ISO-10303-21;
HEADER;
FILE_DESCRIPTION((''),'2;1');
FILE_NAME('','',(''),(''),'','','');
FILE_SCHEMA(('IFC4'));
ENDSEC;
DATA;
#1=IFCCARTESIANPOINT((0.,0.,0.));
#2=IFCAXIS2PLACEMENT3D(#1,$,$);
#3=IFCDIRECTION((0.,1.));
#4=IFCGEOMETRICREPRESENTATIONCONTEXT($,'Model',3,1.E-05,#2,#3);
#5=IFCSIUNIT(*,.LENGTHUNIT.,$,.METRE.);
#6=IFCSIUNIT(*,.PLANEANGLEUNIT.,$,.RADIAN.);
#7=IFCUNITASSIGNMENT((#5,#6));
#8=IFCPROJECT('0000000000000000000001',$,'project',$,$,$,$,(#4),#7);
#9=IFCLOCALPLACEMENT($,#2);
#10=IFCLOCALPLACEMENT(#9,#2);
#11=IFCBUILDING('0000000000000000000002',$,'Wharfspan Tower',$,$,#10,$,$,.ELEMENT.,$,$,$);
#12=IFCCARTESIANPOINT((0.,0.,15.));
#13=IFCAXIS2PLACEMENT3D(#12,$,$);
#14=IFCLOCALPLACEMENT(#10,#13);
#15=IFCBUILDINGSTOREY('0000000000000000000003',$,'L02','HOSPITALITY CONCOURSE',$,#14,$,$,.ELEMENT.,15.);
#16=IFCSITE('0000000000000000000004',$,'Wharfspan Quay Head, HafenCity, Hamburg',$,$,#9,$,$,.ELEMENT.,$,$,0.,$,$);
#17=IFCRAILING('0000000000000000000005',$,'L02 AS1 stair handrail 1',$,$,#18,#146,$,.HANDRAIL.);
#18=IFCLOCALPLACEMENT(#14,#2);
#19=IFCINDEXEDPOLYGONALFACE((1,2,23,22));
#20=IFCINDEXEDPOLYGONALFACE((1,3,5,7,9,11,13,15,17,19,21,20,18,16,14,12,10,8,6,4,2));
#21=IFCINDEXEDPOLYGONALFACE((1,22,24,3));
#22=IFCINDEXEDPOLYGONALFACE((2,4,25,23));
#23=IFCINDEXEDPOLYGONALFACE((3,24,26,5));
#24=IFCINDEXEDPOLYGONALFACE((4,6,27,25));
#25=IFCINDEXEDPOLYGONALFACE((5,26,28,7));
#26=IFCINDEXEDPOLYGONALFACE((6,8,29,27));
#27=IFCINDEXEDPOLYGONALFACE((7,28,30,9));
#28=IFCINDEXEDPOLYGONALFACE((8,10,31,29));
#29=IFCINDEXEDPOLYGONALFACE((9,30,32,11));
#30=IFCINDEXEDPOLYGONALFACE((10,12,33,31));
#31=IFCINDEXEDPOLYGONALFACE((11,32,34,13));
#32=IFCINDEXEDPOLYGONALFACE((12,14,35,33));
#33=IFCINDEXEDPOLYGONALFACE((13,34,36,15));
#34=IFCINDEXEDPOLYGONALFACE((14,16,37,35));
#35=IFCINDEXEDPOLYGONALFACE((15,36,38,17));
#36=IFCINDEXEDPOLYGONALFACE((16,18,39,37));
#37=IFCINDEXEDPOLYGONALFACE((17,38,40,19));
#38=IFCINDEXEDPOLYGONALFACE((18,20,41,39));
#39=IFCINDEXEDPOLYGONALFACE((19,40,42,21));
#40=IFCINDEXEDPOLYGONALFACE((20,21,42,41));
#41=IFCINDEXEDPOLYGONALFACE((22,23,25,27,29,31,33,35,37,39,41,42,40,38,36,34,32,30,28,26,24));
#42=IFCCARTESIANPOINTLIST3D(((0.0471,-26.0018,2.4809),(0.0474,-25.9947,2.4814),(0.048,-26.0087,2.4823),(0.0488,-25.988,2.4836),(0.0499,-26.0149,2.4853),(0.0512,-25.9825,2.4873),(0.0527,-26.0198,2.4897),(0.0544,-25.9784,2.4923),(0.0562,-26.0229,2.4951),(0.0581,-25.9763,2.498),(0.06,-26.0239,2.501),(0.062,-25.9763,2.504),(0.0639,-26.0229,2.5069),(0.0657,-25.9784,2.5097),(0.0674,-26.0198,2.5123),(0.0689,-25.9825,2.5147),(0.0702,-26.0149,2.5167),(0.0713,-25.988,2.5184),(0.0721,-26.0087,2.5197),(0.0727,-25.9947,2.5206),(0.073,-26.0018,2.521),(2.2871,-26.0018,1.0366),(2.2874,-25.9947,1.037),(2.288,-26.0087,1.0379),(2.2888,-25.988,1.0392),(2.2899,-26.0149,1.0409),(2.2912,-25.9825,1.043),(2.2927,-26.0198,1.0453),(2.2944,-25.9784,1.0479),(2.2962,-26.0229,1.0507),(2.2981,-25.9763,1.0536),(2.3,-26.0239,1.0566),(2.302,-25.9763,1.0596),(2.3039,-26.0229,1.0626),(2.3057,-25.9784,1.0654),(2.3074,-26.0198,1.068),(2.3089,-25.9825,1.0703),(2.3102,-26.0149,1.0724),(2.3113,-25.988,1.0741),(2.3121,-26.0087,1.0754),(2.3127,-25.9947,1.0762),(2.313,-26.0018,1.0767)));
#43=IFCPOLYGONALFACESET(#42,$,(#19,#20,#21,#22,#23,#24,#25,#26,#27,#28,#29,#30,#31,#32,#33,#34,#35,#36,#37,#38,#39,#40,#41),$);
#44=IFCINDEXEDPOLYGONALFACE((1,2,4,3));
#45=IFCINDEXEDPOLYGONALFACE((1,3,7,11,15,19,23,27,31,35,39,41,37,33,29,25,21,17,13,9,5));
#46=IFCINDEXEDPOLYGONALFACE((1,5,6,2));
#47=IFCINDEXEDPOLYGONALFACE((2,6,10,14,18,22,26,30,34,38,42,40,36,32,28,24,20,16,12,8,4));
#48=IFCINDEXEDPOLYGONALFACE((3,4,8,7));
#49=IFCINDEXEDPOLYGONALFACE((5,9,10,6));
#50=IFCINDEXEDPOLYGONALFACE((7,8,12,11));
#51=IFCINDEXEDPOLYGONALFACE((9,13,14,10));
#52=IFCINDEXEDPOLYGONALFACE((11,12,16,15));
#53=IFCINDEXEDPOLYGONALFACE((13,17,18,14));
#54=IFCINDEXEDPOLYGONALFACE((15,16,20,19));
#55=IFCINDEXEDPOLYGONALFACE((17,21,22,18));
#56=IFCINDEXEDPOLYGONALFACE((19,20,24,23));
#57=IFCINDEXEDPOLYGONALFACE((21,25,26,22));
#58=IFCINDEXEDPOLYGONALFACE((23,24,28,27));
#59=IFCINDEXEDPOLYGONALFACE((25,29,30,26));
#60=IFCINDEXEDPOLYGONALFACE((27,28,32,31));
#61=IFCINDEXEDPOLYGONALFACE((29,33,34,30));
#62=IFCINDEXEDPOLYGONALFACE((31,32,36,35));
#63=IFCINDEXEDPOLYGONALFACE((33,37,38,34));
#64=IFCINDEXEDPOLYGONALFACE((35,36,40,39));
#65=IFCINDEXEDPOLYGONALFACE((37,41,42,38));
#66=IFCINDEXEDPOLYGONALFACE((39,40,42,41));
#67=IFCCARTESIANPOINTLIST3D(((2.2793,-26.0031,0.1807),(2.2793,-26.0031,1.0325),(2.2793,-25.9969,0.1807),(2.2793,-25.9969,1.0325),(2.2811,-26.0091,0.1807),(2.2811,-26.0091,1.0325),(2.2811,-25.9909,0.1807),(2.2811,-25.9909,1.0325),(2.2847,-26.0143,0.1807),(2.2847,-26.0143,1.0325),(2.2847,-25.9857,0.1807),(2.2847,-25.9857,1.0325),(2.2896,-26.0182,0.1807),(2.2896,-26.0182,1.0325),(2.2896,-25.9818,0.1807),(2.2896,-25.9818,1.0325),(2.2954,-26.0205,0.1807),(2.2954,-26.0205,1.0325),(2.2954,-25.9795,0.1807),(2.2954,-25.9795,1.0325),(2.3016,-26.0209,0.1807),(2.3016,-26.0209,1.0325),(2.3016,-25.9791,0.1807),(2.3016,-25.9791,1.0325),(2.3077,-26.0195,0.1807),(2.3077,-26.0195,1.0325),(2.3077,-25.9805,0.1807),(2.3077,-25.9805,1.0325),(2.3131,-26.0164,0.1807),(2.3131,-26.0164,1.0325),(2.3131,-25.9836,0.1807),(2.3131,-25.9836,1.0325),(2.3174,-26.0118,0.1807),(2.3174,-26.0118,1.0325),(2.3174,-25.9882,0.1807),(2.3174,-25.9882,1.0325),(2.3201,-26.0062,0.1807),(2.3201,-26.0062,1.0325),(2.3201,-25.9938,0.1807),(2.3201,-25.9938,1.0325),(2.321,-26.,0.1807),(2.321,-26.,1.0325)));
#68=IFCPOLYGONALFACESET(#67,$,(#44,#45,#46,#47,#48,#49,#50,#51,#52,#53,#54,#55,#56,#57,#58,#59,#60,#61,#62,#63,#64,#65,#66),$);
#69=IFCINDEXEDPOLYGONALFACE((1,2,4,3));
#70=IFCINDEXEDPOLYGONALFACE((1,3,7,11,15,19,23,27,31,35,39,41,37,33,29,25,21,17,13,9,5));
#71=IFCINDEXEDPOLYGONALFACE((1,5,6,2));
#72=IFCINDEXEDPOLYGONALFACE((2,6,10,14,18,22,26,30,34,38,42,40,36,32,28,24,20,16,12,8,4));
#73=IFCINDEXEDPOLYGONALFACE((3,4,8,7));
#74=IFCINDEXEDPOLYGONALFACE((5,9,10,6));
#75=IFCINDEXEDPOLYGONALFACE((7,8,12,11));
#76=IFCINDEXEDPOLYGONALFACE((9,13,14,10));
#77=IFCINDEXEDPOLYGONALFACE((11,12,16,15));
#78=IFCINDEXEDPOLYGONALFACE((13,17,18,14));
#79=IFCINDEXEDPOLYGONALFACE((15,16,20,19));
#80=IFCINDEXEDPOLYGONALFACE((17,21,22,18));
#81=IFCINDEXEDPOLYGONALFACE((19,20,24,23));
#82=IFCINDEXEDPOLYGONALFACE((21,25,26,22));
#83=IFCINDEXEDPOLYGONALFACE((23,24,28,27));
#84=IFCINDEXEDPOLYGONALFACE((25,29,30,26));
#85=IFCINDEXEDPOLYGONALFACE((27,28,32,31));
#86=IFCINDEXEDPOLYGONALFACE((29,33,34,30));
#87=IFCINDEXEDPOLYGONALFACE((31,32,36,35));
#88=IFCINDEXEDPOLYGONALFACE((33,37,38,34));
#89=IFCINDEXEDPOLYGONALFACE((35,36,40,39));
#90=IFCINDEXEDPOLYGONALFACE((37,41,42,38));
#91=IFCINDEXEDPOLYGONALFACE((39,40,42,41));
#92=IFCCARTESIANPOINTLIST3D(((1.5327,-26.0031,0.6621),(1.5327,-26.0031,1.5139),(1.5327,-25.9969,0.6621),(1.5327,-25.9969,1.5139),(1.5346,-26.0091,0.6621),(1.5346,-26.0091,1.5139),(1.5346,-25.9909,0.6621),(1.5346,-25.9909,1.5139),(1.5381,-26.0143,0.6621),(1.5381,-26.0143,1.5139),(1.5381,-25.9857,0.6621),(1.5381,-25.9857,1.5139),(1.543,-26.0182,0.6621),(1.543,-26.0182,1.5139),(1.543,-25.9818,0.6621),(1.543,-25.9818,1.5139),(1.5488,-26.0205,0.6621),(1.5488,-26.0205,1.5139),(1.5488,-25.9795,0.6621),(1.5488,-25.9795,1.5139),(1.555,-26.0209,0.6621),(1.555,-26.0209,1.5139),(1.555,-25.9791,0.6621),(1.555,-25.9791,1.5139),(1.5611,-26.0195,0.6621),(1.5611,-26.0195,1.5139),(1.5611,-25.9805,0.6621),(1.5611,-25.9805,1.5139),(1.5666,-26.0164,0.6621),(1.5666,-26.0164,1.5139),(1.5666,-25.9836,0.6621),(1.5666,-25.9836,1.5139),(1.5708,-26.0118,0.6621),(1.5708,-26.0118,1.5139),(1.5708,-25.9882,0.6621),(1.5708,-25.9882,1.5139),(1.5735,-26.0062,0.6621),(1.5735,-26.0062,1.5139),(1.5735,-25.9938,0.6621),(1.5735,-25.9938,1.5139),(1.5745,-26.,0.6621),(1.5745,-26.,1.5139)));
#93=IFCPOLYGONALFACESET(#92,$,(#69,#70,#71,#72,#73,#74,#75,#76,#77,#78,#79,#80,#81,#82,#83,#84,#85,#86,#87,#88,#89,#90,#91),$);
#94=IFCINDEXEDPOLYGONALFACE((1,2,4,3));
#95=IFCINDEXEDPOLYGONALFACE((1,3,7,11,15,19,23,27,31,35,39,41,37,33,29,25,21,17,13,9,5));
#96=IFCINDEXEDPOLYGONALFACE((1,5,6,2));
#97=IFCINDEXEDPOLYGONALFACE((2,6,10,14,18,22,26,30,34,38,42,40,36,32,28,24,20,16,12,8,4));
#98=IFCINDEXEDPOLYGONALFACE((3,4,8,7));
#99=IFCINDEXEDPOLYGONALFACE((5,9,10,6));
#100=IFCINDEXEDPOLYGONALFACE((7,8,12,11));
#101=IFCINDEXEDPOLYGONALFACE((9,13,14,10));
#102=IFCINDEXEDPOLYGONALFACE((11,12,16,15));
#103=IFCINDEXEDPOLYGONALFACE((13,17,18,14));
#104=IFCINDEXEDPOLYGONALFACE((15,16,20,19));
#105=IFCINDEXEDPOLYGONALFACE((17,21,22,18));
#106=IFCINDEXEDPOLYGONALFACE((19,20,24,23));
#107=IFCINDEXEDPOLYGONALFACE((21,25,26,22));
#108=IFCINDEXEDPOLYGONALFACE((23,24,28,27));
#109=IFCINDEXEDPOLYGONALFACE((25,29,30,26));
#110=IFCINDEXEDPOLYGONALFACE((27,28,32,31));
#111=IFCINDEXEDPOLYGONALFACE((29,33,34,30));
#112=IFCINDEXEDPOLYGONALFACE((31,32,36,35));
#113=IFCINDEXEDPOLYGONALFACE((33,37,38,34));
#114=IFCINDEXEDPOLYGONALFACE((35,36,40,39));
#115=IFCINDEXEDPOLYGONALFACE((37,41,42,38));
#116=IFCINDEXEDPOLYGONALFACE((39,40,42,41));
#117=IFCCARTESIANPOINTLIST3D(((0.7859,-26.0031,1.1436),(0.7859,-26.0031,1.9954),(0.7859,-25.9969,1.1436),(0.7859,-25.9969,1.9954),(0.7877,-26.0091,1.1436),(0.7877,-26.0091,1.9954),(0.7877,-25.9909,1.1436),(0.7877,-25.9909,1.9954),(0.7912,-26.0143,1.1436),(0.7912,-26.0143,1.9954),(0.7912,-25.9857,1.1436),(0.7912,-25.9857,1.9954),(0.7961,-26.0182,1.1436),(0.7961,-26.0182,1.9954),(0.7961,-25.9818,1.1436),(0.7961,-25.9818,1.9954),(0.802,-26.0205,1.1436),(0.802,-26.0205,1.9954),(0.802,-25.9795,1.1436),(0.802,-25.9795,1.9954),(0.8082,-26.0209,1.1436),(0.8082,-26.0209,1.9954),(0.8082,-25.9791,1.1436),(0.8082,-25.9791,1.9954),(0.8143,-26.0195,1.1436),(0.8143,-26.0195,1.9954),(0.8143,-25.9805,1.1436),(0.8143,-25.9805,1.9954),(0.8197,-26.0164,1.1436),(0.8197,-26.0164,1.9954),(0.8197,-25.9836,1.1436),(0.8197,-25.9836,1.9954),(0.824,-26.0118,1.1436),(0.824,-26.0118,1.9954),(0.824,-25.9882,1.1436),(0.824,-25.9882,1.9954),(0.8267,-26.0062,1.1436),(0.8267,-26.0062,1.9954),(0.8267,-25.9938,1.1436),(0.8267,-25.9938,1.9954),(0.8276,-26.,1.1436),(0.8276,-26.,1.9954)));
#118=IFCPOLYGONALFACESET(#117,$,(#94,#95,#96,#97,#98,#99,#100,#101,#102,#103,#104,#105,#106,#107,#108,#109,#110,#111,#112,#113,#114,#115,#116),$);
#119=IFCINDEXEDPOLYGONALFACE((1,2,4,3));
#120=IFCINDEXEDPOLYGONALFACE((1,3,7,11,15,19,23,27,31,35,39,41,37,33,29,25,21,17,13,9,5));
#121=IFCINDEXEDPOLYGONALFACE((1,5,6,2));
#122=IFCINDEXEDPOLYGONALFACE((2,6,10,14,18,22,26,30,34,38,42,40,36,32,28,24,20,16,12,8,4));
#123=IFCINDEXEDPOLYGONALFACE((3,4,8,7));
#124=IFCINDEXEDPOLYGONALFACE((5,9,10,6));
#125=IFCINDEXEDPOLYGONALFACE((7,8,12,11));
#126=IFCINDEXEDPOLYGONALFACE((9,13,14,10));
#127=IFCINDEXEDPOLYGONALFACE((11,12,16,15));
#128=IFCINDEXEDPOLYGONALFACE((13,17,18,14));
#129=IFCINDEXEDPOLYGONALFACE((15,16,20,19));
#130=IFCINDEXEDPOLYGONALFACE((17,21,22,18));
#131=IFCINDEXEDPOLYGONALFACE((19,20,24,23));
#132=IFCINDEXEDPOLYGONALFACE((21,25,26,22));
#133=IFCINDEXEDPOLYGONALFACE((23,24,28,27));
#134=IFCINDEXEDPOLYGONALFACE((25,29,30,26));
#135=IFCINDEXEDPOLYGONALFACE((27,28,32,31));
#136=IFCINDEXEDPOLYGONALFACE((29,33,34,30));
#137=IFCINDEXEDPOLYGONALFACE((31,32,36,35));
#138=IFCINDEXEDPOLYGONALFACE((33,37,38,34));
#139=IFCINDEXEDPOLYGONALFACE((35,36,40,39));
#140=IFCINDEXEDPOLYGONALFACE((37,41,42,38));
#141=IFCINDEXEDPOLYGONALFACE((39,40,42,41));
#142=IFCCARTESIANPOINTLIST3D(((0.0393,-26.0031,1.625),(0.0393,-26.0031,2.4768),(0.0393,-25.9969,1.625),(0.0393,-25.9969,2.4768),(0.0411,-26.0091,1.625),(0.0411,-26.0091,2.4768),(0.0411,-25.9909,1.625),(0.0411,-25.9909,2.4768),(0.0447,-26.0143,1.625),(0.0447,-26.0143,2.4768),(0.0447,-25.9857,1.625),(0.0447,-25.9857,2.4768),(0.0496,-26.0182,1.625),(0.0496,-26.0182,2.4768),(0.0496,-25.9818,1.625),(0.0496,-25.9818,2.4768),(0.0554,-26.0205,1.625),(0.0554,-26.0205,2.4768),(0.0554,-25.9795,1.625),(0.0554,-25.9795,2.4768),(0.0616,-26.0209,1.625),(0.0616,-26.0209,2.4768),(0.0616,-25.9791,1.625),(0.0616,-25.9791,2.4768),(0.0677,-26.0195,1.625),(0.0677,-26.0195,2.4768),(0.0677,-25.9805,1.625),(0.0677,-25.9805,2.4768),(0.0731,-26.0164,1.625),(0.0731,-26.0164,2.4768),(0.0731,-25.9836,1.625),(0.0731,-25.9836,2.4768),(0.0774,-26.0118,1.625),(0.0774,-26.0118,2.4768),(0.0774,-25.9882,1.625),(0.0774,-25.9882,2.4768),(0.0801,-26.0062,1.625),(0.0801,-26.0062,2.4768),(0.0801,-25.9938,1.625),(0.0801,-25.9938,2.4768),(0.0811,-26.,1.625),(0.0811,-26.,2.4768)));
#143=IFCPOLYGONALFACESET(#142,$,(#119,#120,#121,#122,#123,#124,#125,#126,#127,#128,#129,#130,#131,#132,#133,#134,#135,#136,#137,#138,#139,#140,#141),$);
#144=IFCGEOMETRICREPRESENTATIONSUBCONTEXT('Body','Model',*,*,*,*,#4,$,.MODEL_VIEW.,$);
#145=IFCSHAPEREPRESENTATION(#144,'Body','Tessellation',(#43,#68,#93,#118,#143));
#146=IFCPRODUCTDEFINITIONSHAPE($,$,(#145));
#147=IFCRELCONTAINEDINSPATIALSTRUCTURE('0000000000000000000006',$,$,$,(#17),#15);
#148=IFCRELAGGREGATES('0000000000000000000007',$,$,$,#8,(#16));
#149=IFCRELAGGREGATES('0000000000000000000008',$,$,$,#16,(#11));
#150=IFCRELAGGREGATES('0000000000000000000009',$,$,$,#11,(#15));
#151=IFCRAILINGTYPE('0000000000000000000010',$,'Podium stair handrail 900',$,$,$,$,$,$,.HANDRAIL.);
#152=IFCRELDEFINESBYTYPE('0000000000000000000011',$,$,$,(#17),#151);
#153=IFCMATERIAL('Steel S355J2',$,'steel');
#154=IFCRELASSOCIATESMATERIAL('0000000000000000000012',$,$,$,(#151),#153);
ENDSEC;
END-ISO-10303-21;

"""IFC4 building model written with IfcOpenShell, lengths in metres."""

from ifc_helpers import new_model, si_unit, direction, frame, origin, origin_2d, place, context, subcontext, project, spatial, circle, extrude, material, type_object, element, save


model = new_model("IFC4")

# Units and contexts
model_context = context("Model", 3, precision=1e-05, world=origin(), true_north=direction((0.0, 1.0)))
body_context = subcontext(model_context, "Body", "Model", "MODEL_VIEW")
ifc_project = project(units=[si_unit("LENGTHUNIT", "METRE"), si_unit("PLANEANGLEUNIT", "RADIAN")], contexts=[model_context])

# Site, building, storey
site_placement = place(None, origin())
site = spatial("IfcSite", under=ifc_project, at=site_placement, Name="Wharfspan Quay Head, HafenCity, Hamburg", CompositionType="ELEMENT", RefElevation=0.0)
building_placement = place(site_placement, origin())
building = spatial("IfcBuilding", under=site, at=building_placement, Name="Wharfspan Tower", CompositionType="ELEMENT")
storey_placement = place(building_placement, frame((0.0, 0.0, 15.0)))
storey = spatial("IfcBuildingStorey", under=building, at=storey_placement, Name="L02", Description="HOSPITALITY CONCOURSE", CompositionType="ELEMENT", Elevation=15.0)

# Railing
ifc_material_1 = material(Name="Steel S355J2", Category="steel")
railing_type_1 = type_object("IfcRailingType", Name="Podium stair handrail 900", PredefinedType="HANDRAIL", material=ifc_material_1)
railing_1_placement = place(storey_placement, frame((2.3, -26.0, 0.1807)))
element("IfcRailing", 1, at=railing_1_placement, inside=storey, type_object=railing_type_1, Name="L02 AS1 stair handrail 1", PredefinedType="HANDRAIL", context=body_context, shape_type="SweptSolid", body=[
    extrude(circle(Radius=0.0239, at=origin_2d()), frame((0.0, 0.0, 0.876), z_axis=(-0.840437, 0.0, 0.54191), x_axis=(0.0, -1.0, 0.0)), (0.0, 0.0, 1.0), 2.6653),
    extrude(circle(Radius=0.021, at=origin_2d()), origin(), (0.0, 0.0, 1.0), 0.8518),
    extrude(circle(Radius=0.021, at=origin_2d()), frame((-0.7466, 0.0, 0.4814)), (0.0, 0.0, 1.0), 0.8518),
    extrude(circle(Radius=0.021, at=origin_2d()), frame((-1.4934, 0.0, 0.9629)), (0.0, 0.0, 1.0), 0.8518),
    extrude(circle(Radius=0.021, at=origin_2d()), frame((-2.24, 0.0, 1.4443)), (0.0, 0.0, 1.0), 0.8518),
])

save(model, "model.ifc")
